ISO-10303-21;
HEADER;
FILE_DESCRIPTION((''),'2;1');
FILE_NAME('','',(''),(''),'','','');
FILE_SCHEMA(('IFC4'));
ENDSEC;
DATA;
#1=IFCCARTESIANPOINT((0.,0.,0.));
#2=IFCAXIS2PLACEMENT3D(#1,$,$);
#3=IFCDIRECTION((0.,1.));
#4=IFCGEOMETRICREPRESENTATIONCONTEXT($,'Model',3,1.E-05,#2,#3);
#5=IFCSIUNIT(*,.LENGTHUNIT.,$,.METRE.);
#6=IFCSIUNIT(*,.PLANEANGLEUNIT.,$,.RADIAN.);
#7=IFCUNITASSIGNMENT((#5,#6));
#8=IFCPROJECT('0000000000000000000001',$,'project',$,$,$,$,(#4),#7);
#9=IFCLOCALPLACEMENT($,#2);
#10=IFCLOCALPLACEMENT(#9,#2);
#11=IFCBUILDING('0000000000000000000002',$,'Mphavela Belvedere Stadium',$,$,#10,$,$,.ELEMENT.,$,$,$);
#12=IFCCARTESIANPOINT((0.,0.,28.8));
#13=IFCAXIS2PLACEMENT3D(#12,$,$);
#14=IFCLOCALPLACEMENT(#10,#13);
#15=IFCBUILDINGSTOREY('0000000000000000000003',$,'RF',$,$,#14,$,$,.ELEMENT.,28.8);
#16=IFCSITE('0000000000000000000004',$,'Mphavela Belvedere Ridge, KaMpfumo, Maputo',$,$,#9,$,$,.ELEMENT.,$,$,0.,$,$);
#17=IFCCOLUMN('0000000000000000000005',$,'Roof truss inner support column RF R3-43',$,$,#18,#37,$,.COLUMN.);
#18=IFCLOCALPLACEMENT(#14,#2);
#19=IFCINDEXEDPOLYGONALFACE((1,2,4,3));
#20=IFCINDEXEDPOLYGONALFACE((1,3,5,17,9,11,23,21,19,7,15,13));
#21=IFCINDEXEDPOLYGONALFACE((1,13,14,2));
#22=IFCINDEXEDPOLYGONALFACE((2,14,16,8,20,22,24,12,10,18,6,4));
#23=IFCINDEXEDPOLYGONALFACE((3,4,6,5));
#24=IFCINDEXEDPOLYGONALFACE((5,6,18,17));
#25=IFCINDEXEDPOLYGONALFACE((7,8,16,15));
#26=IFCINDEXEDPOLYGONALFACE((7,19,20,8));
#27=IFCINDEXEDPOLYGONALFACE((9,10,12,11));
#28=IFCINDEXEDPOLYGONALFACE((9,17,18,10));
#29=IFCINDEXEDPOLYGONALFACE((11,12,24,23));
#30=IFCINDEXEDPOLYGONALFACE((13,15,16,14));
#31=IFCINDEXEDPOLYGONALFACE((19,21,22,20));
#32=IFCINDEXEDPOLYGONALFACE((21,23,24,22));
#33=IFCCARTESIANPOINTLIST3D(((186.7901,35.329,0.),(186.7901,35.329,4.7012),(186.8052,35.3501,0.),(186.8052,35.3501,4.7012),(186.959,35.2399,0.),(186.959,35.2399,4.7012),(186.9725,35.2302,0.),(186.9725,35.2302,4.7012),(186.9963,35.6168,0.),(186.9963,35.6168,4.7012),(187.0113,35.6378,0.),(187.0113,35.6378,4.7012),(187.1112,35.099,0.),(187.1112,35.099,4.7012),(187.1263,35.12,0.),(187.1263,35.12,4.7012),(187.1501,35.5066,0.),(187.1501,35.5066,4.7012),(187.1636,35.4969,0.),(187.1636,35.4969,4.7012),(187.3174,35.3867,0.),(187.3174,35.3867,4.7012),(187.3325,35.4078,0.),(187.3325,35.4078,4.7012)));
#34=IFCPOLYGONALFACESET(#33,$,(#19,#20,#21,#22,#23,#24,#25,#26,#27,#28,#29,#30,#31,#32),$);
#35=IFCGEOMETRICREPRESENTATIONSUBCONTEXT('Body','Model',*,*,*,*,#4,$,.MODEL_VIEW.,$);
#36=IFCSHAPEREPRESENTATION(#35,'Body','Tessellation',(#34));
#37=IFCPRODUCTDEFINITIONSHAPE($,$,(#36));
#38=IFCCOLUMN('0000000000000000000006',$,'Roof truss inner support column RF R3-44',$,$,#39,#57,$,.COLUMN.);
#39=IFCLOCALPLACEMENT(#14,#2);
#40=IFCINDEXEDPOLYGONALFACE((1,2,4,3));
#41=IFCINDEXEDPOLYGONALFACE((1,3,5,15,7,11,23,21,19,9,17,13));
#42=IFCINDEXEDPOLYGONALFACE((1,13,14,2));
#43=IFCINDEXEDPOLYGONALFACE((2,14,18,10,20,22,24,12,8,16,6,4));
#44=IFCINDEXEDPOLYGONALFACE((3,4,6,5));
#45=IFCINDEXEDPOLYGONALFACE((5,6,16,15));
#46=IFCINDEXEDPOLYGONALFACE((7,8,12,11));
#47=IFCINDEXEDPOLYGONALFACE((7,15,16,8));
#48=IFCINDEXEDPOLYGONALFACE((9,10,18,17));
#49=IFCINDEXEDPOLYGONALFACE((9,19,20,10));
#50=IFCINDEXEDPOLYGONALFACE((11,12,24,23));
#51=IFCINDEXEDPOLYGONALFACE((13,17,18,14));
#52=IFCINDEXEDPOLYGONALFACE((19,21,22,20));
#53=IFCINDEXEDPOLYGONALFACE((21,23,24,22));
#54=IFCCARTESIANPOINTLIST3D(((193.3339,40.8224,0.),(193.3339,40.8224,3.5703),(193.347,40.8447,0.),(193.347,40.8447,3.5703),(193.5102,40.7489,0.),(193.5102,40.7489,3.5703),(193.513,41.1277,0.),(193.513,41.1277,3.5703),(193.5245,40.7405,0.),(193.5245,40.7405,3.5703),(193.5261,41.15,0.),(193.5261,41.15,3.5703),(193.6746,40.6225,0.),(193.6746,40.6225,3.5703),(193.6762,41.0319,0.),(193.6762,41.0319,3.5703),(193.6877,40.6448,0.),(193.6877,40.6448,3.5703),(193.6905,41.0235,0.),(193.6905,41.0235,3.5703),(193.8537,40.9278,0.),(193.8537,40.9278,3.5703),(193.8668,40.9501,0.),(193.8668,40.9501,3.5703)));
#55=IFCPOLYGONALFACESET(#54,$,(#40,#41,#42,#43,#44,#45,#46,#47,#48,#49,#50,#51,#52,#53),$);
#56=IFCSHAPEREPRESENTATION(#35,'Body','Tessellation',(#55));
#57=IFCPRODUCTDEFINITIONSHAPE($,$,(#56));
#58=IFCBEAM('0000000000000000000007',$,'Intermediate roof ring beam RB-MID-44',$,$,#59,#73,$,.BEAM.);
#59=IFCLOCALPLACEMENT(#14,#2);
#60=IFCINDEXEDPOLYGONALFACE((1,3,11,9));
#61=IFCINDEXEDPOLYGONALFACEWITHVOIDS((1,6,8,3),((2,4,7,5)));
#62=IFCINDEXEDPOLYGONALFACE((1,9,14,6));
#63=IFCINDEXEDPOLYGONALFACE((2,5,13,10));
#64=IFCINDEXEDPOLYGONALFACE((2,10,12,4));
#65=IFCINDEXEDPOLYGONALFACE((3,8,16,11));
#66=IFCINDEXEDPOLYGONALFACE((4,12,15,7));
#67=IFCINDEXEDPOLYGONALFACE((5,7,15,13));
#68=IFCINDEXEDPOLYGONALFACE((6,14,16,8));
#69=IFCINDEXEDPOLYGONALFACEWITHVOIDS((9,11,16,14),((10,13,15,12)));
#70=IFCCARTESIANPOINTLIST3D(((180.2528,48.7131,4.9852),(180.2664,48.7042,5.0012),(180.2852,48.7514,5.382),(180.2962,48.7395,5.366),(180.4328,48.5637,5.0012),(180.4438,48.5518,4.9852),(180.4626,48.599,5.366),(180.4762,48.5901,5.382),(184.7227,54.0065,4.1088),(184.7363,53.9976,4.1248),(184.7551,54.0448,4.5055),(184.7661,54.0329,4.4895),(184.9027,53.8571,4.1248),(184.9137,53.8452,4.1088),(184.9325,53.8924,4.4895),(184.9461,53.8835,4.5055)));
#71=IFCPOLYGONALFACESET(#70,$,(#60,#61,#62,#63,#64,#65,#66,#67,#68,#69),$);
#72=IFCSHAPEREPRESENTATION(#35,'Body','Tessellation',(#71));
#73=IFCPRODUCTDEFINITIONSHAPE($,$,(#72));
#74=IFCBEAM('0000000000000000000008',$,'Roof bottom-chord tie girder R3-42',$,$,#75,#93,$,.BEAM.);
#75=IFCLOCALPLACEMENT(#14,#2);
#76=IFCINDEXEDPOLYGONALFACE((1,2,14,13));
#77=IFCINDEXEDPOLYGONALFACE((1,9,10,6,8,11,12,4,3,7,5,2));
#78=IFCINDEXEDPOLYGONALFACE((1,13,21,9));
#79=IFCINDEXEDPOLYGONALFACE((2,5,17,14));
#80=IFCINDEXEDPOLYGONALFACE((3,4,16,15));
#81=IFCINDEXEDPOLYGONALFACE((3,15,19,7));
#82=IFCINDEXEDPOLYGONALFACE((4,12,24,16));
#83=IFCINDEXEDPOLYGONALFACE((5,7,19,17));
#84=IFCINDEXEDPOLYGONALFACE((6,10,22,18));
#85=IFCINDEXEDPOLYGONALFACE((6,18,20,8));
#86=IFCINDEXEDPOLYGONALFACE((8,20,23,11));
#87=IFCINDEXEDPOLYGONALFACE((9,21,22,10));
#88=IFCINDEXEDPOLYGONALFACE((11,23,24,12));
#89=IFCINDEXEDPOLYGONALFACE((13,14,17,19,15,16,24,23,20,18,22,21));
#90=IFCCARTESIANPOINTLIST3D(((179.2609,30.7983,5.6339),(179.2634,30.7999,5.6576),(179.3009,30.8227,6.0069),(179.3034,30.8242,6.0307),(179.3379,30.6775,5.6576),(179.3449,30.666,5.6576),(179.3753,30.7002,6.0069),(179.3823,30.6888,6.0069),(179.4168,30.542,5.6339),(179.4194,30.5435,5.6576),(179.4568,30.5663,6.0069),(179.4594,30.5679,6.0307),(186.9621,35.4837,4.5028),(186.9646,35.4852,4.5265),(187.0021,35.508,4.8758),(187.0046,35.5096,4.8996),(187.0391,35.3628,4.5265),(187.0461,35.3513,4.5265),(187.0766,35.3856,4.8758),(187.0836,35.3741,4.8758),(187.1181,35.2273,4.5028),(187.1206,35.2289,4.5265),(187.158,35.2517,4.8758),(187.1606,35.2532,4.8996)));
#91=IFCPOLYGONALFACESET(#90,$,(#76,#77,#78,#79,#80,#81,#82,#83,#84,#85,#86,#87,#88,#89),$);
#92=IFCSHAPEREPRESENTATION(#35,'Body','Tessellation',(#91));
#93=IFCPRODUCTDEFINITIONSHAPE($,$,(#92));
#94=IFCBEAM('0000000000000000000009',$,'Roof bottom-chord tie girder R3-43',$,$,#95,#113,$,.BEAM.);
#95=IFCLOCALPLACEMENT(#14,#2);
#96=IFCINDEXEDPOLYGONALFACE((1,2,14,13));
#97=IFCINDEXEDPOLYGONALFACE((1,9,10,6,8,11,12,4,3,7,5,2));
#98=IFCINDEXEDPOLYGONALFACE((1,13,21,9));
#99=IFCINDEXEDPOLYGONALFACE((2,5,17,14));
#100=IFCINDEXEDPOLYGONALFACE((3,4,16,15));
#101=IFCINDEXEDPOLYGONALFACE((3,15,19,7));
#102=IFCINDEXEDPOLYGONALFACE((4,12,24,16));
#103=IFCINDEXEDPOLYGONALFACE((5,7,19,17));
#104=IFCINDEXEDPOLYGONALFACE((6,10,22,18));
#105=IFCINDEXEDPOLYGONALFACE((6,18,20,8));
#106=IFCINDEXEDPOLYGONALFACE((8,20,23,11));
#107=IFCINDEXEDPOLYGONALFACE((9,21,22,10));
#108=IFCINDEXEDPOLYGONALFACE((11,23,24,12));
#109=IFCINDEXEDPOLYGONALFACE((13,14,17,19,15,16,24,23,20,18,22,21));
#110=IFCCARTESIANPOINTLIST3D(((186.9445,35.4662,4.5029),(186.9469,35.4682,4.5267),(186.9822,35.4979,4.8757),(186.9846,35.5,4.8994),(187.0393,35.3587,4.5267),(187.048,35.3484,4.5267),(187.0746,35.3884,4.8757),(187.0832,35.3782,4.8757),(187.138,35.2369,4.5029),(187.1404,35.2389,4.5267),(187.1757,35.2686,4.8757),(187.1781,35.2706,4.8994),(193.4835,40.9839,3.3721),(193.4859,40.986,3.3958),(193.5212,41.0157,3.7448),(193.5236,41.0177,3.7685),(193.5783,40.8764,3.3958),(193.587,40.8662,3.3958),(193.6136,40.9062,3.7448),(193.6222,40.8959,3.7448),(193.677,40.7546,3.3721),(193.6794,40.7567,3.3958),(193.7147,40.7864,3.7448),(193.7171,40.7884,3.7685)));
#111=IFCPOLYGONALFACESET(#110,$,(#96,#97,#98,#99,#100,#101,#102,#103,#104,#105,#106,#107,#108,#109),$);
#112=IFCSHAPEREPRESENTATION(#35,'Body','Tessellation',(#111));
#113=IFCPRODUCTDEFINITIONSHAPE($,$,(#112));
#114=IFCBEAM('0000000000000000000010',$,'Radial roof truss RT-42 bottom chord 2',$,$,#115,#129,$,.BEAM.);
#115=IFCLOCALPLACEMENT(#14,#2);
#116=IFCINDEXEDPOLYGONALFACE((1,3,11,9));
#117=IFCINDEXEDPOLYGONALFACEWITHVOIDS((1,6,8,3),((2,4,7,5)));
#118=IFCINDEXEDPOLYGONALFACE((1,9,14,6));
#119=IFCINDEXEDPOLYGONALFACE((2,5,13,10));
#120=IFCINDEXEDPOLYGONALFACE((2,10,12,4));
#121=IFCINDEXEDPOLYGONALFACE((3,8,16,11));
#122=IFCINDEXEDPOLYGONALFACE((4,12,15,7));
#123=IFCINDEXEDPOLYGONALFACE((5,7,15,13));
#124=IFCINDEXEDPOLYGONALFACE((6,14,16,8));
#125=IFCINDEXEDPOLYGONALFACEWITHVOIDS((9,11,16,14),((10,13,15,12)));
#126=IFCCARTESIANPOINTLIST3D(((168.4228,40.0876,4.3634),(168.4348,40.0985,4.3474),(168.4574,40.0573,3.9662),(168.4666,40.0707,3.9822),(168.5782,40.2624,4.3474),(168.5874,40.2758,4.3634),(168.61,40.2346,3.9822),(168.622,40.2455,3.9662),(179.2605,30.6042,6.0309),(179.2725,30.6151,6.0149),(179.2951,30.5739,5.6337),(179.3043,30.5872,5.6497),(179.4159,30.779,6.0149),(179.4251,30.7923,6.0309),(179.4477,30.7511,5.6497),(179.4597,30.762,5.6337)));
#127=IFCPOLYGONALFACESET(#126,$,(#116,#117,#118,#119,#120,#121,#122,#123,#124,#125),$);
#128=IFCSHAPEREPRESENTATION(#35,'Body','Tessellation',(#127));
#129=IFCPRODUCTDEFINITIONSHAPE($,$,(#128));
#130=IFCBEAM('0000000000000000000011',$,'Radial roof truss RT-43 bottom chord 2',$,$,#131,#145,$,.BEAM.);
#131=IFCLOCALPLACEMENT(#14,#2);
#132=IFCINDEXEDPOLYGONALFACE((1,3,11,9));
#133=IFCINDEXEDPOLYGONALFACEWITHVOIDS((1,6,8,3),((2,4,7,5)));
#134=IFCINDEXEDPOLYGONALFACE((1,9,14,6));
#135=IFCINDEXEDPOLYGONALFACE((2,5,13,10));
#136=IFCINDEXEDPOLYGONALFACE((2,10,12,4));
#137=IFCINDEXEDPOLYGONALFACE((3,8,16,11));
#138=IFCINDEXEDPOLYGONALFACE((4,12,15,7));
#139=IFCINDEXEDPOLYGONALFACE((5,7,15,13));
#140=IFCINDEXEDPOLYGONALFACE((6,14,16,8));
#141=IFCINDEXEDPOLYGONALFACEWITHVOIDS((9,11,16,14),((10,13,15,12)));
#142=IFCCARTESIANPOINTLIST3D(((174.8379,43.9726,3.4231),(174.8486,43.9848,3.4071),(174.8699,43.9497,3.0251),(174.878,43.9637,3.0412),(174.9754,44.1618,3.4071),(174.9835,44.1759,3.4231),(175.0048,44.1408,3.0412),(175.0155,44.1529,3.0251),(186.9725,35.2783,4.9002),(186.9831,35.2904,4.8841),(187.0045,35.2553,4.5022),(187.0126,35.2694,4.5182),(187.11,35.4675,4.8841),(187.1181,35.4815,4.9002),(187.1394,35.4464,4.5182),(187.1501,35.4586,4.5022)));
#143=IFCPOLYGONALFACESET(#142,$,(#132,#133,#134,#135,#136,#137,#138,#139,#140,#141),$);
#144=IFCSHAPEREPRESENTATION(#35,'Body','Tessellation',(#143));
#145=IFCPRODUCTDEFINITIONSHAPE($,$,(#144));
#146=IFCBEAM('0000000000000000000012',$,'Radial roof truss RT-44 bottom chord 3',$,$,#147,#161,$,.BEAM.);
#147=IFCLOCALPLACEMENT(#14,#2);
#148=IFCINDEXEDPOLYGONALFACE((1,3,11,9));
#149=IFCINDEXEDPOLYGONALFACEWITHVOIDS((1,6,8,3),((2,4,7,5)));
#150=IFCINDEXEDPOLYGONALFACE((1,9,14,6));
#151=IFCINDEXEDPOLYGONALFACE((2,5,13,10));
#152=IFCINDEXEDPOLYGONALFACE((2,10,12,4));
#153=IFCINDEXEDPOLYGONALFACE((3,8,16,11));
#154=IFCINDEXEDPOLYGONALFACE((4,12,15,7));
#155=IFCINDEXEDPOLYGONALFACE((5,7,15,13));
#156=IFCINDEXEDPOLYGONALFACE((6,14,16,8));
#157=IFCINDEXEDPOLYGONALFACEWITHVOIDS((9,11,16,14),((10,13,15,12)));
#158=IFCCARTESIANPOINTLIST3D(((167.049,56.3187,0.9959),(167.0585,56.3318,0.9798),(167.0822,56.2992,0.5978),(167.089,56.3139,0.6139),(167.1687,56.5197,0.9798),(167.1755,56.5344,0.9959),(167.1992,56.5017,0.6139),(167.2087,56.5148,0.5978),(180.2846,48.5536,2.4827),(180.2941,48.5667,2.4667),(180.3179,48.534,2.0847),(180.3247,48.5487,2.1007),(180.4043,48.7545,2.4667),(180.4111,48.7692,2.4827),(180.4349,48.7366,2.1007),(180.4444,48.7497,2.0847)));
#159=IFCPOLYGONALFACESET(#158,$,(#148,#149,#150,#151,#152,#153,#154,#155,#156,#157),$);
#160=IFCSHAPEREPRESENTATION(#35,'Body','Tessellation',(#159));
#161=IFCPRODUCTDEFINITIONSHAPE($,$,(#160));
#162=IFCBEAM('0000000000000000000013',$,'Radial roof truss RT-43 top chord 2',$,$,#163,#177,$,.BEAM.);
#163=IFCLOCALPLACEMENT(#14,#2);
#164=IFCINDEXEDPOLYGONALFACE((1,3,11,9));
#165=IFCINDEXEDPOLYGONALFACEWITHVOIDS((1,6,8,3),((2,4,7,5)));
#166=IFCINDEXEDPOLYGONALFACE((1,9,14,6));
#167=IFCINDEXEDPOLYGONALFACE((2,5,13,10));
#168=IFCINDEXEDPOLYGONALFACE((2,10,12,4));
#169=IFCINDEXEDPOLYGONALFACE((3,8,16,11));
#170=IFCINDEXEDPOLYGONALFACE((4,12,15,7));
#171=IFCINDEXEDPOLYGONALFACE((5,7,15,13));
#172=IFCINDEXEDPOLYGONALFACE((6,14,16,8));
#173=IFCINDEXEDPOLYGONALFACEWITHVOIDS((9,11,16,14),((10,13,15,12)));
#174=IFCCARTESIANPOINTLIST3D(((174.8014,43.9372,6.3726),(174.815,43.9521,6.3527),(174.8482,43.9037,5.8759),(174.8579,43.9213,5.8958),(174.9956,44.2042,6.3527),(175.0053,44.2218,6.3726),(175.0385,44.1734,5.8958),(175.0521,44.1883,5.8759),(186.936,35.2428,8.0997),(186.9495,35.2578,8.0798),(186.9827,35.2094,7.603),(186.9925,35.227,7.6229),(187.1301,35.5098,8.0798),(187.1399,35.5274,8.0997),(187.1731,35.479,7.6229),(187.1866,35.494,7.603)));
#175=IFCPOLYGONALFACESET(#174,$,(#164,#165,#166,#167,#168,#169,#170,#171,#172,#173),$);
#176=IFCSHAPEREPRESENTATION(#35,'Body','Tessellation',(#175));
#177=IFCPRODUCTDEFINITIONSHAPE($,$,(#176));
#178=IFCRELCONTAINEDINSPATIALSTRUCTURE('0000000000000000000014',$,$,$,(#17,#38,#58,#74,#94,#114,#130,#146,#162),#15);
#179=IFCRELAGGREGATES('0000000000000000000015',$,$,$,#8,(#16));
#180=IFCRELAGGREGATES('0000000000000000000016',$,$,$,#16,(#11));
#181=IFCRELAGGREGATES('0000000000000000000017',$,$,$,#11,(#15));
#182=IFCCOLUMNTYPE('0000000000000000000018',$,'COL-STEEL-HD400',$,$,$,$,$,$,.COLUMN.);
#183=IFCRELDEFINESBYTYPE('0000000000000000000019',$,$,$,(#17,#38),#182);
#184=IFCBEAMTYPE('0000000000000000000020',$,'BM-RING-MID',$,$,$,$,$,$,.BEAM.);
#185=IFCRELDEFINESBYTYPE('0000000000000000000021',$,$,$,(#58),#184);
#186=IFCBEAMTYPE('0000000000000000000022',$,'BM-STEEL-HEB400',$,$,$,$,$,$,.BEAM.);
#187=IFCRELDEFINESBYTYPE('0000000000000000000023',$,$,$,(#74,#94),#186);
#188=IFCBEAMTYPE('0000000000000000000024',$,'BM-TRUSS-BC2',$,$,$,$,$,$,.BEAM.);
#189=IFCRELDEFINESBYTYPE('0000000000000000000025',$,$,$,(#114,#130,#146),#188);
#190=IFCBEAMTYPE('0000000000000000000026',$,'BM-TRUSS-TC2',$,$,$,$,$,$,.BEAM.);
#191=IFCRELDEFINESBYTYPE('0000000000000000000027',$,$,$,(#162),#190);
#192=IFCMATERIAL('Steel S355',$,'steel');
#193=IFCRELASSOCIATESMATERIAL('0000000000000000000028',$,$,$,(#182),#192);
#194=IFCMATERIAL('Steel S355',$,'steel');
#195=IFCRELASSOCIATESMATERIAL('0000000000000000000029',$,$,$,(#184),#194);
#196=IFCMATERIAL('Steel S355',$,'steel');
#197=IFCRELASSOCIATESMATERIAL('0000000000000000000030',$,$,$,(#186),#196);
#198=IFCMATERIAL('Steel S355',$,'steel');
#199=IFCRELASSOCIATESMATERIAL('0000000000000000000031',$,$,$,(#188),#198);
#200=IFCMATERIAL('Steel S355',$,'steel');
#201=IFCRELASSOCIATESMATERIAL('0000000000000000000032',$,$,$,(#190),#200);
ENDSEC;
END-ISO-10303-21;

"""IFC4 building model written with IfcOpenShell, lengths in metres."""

from ifc_helpers import new_model, si_unit, direction, frame, origin, origin_2d, place, context, subcontext, project, spatial, hollow_rectangle, i_section, extrude, material, material_profile, profile_set, type_object, element, save


model = new_model("IFC4")

# Units and contexts
model_context = context("Model", 3, precision=1e-05, world=origin(), true_north=direction((0.0, 1.0)))
body_context = subcontext(model_context, "Body", "Model", "MODEL_VIEW")
ifc_project = project(units=[si_unit("LENGTHUNIT", "METRE"), si_unit("PLANEANGLEUNIT", "RADIAN")], contexts=[model_context])

# Site, building, storey
site_placement = place(None, origin())
site = spatial("IfcSite", under=ifc_project, at=site_placement, Name="Mphavela Belvedere Ridge, KaMpfumo, Maputo", CompositionType="ELEMENT", RefElevation=0.0)
building_placement = place(site_placement, origin())
building = spatial("IfcBuilding", under=site, at=building_placement, Name="Mphavela Belvedere Stadium", CompositionType="ELEMENT")
storey_placement = place(building_placement, frame((0.0, 0.0, 28.8)))
storey = spatial("IfcBuildingStorey", under=building, at=storey_placement, Name="RF", CompositionType="ELEMENT", Elevation=28.8)

# Columns
ifc_material_1 = material(Name="Steel S355", Category="steel")
ifc_material_profile_1 = material_profile(ifc_material_1, i_section(OverallWidth=0.395, OverallDepth=0.3799, WebThickness=0.0166, FlangeThickness=0.0259, at=origin_2d()), Name="HD 400x237")
ifc_profile_set_1 = profile_set([ifc_material_profile_1], Name="Steel S355")
column_type = type_object("IfcColumnType", Name="COL-STEEL-HD400", PredefinedType="COLUMN", material=ifc_profile_set_1)
column_1_placement = place(storey_placement, frame((187.0613, 35.3684, 0.0), z_axis=(0.0, 0.0, 1.0), x_axis=(0.812898, -0.582407, 0.0)))
element("IfcColumn", 1, at=column_1_placement, inside=storey, type_object=column_type, Name="Roof truss inner support column RF R3-43", PredefinedType="COLUMN", context=body_context, shape_type="SweptSolid", body=[
    extrude(i_section(OverallWidth=0.395, OverallDepth=0.3799, WebThickness=0.0166, FlangeThickness=0.0259, at=origin_2d()), origin(), (0.0, 0.0, 1.0), 4.7012),
])
column_2_placement = place(storey_placement, frame((193.6003, 40.8862, 0.0), z_axis=(0.0, 0.0, 1.0), x_axis=(0.862514, -0.506034, 0.0)))
element("IfcColumn", 2, at=column_2_placement, inside=storey, type_object=column_type, Name="Roof truss inner support column RF R3-44", PredefinedType="COLUMN", context=body_context, shape_type="SweptSolid", body=[
    extrude(i_section(OverallWidth=0.395, OverallDepth=0.3799, WebThickness=0.0166, FlangeThickness=0.0259, at=origin_2d()), origin(), (0.0, 0.0, 1.0), 3.5703),
])

# Beams
ifc_material_2 = material(Name="Steel S355", Category="steel")
ifc_material_profile_2 = material_profile(ifc_material_2, hollow_rectangle(XDim=0.25, YDim=0.3999, WallThickness=0.0161, at=origin_2d()), Name="RHS 400x250x16")
ifc_profile_set_2 = profile_set([ifc_material_profile_2], Name="Steel S355")
beam_type_1 = type_object("IfcBeamType", Name="BM-RING-MID", PredefinedType="BEAM", material=ifc_profile_set_2)
beam_1_placement = place(storey_placement, frame((180.3645, 48.6516, 5.1836), z_axis=(0.640074, 0.757993, -0.125505), x_axis=(-0.764034, 0.645176, 0.0)))
element("IfcBeam", 3, at=beam_1_placement, inside=storey, type_object=beam_type_1, Name="Intermediate roof ring beam RB-MID-44", PredefinedType="BEAM", context=body_context, shape_type="SweptSolid", body=[
    extrude(hollow_rectangle(XDim=0.25, YDim=0.3999, WallThickness=0.0161, at=origin_2d()), origin(), (0.0, 0.0, 1.0), 6.9834),
])
ifc_material_3 = material(Name="Steel S355", Category="steel")
ifc_material_profile_3 = material_profile(ifc_material_3, i_section(OverallWidth=0.3, OverallDepth=0.3999, WebThickness=0.0134, FlangeThickness=0.0239, at=origin_2d()), Name="HEB 400")
ifc_profile_set_3 = profile_set([ifc_material_profile_3], Name="Steel S355")
beam_type_2 = type_object("IfcBeamType", Name="BM-STEEL-HEB400", PredefinedType="BEAM", material=ifc_profile_set_3)
beam_2_placement = place(storey_placement, frame((179.3601, 30.6831, 5.8323), z_axis=(0.847668, 0.515711, -0.124501), x_axis=(-0.519755, 0.854315, 0.0)))
element("IfcBeam", 4, at=beam_2_placement, inside=storey, type_object=beam_type_2, Name="Roof bottom-chord tie girder R3-42", PredefinedType="BEAM", context=body_context, shape_type="SweptSolid", body=[
    extrude(i_section(OverallWidth=0.3, OverallDepth=0.3999, WebThickness=0.0134, FlangeThickness=0.0239, at=origin_2d()), origin(), (0.0, 0.0, 1.0), 9.0852),
])
beam_3_placement = place(storey_placement, frame((187.0613, 35.3684, 4.7012), z_axis=(0.757674, 0.639344, -0.131031), x_axis=(-0.644904, 0.764263, 0.0)))
element("IfcBeam", 5, at=beam_3_placement, inside=storey, type_object=beam_type_2, Name="Roof bottom-chord tie girder R3-43", PredefinedType="BEAM", context=body_context, shape_type="SweptSolid", body=[
    extrude(i_section(OverallWidth=0.3, OverallDepth=0.3999, WebThickness=0.0134, FlangeThickness=0.0239, at=origin_2d()), origin(), (0.0, 0.0, 1.0), 8.6304),
])
ifc_material_4 = material(Name="Steel S355", Category="steel")
ifc_material_profile_4 = material_profile(ifc_material_4, hollow_rectangle(XDim=0.25, YDim=0.3999, WallThickness=0.0161, at=origin_2d()), Name="RHS 400x250x16")
ifc_profile_set_4 = profile_set([ifc_material_profile_4], Name="Steel S355")
beam_type_3 = type_object("IfcBeamType", Name="BM-TRUSS-BC2", PredefinedType="BEAM", material=ifc_profile_set_4)
beam_4_placement = place(storey_placement, frame((179.3601, 30.6831, 5.8323), z_axis=(-0.747566, 0.654152, -0.115021), x_axis=(-0.658523, -0.752561, 0.0)))
element("IfcBeam", 6, at=beam_4_placement, inside=storey, type_object=beam_type_3, Name="Radial roof truss RT-42 bottom chord 2", PredefinedType="BEAM", context=body_context, shape_type="SweptSolid", body=[
    extrude(hollow_rectangle(XDim=0.25, YDim=0.3999, WallThickness=0.0161, at=origin_2d()), origin(), (0.0, 0.0, 1.0), 14.4973),
])
beam_5_placement = place(storey_placement, frame((187.0613, 35.3684, 4.7012), z_axis=(-0.808933, 0.579597, -0.098466), x_axis=(-0.582427, -0.812883, 0.0)))
element("IfcBeam", 7, at=beam_5_placement, inside=storey, type_object=beam_type_3, Name="Radial roof truss RT-43 bottom chord 2", PredefinedType="BEAM", context=body_context, shape_type="SweptSolid", body=[
    extrude(hollow_rectangle(XDim=0.25, YDim=0.3999, WallThickness=0.0161, at=origin_2d()), origin(), (0.0, 0.0, 1.0), 15.0007),
])
beam_6_placement = place(storey_placement, frame((180.3645, 48.6516, 2.2837), z_axis=(-0.858497, 0.503668, -0.096439), x_axis=(-0.506027, -0.862518, 0.0)))
element("IfcBeam", 8, at=beam_6_placement, inside=storey, type_object=beam_type_3, Name="Radial roof truss RT-44 bottom chord 3", PredefinedType="BEAM", context=body_context, shape_type="SweptSolid", body=[
    extrude(hollow_rectangle(XDim=0.25, YDim=0.3999, WallThickness=0.0161, at=origin_2d()), origin(), (0.0, 0.0, 1.0), 15.4172),
])
ifc_material_5 = material(Name="Steel S355", Category="steel")
ifc_material_profile_5 = material_profile(ifc_material_5, hollow_rectangle(XDim=0.3501, YDim=0.5, WallThickness=0.02, at=origin_2d()), Name="RHS 500x350x20")
ifc_profile_set_5 = profile_set([ifc_material_profile_5], Name="Steel S355")
beam_type_4 = type_object("IfcBeamType", Name="BM-TRUSS-TC2", PredefinedType="BEAM", material=ifc_profile_set_5)
beam_7_placement = place(storey_placement, frame((187.0613, 35.3684, 7.8513), z_axis=(-0.807497, 0.578568, -0.114927), x_axis=(-0.582427, -0.812883, 0.0)))
element("IfcBeam", 9, at=beam_7_placement, inside=storey, type_object=beam_type_4, Name="Radial roof truss RT-43 top chord 2", PredefinedType="BEAM", context=body_context, shape_type="SweptSolid", body=[
    extrude(hollow_rectangle(XDim=0.3501, YDim=0.5, WallThickness=0.02, at=origin_2d()), origin(), (0.0, 0.0, 1.0), 15.0273),
])

save(model, "model.ifc")
